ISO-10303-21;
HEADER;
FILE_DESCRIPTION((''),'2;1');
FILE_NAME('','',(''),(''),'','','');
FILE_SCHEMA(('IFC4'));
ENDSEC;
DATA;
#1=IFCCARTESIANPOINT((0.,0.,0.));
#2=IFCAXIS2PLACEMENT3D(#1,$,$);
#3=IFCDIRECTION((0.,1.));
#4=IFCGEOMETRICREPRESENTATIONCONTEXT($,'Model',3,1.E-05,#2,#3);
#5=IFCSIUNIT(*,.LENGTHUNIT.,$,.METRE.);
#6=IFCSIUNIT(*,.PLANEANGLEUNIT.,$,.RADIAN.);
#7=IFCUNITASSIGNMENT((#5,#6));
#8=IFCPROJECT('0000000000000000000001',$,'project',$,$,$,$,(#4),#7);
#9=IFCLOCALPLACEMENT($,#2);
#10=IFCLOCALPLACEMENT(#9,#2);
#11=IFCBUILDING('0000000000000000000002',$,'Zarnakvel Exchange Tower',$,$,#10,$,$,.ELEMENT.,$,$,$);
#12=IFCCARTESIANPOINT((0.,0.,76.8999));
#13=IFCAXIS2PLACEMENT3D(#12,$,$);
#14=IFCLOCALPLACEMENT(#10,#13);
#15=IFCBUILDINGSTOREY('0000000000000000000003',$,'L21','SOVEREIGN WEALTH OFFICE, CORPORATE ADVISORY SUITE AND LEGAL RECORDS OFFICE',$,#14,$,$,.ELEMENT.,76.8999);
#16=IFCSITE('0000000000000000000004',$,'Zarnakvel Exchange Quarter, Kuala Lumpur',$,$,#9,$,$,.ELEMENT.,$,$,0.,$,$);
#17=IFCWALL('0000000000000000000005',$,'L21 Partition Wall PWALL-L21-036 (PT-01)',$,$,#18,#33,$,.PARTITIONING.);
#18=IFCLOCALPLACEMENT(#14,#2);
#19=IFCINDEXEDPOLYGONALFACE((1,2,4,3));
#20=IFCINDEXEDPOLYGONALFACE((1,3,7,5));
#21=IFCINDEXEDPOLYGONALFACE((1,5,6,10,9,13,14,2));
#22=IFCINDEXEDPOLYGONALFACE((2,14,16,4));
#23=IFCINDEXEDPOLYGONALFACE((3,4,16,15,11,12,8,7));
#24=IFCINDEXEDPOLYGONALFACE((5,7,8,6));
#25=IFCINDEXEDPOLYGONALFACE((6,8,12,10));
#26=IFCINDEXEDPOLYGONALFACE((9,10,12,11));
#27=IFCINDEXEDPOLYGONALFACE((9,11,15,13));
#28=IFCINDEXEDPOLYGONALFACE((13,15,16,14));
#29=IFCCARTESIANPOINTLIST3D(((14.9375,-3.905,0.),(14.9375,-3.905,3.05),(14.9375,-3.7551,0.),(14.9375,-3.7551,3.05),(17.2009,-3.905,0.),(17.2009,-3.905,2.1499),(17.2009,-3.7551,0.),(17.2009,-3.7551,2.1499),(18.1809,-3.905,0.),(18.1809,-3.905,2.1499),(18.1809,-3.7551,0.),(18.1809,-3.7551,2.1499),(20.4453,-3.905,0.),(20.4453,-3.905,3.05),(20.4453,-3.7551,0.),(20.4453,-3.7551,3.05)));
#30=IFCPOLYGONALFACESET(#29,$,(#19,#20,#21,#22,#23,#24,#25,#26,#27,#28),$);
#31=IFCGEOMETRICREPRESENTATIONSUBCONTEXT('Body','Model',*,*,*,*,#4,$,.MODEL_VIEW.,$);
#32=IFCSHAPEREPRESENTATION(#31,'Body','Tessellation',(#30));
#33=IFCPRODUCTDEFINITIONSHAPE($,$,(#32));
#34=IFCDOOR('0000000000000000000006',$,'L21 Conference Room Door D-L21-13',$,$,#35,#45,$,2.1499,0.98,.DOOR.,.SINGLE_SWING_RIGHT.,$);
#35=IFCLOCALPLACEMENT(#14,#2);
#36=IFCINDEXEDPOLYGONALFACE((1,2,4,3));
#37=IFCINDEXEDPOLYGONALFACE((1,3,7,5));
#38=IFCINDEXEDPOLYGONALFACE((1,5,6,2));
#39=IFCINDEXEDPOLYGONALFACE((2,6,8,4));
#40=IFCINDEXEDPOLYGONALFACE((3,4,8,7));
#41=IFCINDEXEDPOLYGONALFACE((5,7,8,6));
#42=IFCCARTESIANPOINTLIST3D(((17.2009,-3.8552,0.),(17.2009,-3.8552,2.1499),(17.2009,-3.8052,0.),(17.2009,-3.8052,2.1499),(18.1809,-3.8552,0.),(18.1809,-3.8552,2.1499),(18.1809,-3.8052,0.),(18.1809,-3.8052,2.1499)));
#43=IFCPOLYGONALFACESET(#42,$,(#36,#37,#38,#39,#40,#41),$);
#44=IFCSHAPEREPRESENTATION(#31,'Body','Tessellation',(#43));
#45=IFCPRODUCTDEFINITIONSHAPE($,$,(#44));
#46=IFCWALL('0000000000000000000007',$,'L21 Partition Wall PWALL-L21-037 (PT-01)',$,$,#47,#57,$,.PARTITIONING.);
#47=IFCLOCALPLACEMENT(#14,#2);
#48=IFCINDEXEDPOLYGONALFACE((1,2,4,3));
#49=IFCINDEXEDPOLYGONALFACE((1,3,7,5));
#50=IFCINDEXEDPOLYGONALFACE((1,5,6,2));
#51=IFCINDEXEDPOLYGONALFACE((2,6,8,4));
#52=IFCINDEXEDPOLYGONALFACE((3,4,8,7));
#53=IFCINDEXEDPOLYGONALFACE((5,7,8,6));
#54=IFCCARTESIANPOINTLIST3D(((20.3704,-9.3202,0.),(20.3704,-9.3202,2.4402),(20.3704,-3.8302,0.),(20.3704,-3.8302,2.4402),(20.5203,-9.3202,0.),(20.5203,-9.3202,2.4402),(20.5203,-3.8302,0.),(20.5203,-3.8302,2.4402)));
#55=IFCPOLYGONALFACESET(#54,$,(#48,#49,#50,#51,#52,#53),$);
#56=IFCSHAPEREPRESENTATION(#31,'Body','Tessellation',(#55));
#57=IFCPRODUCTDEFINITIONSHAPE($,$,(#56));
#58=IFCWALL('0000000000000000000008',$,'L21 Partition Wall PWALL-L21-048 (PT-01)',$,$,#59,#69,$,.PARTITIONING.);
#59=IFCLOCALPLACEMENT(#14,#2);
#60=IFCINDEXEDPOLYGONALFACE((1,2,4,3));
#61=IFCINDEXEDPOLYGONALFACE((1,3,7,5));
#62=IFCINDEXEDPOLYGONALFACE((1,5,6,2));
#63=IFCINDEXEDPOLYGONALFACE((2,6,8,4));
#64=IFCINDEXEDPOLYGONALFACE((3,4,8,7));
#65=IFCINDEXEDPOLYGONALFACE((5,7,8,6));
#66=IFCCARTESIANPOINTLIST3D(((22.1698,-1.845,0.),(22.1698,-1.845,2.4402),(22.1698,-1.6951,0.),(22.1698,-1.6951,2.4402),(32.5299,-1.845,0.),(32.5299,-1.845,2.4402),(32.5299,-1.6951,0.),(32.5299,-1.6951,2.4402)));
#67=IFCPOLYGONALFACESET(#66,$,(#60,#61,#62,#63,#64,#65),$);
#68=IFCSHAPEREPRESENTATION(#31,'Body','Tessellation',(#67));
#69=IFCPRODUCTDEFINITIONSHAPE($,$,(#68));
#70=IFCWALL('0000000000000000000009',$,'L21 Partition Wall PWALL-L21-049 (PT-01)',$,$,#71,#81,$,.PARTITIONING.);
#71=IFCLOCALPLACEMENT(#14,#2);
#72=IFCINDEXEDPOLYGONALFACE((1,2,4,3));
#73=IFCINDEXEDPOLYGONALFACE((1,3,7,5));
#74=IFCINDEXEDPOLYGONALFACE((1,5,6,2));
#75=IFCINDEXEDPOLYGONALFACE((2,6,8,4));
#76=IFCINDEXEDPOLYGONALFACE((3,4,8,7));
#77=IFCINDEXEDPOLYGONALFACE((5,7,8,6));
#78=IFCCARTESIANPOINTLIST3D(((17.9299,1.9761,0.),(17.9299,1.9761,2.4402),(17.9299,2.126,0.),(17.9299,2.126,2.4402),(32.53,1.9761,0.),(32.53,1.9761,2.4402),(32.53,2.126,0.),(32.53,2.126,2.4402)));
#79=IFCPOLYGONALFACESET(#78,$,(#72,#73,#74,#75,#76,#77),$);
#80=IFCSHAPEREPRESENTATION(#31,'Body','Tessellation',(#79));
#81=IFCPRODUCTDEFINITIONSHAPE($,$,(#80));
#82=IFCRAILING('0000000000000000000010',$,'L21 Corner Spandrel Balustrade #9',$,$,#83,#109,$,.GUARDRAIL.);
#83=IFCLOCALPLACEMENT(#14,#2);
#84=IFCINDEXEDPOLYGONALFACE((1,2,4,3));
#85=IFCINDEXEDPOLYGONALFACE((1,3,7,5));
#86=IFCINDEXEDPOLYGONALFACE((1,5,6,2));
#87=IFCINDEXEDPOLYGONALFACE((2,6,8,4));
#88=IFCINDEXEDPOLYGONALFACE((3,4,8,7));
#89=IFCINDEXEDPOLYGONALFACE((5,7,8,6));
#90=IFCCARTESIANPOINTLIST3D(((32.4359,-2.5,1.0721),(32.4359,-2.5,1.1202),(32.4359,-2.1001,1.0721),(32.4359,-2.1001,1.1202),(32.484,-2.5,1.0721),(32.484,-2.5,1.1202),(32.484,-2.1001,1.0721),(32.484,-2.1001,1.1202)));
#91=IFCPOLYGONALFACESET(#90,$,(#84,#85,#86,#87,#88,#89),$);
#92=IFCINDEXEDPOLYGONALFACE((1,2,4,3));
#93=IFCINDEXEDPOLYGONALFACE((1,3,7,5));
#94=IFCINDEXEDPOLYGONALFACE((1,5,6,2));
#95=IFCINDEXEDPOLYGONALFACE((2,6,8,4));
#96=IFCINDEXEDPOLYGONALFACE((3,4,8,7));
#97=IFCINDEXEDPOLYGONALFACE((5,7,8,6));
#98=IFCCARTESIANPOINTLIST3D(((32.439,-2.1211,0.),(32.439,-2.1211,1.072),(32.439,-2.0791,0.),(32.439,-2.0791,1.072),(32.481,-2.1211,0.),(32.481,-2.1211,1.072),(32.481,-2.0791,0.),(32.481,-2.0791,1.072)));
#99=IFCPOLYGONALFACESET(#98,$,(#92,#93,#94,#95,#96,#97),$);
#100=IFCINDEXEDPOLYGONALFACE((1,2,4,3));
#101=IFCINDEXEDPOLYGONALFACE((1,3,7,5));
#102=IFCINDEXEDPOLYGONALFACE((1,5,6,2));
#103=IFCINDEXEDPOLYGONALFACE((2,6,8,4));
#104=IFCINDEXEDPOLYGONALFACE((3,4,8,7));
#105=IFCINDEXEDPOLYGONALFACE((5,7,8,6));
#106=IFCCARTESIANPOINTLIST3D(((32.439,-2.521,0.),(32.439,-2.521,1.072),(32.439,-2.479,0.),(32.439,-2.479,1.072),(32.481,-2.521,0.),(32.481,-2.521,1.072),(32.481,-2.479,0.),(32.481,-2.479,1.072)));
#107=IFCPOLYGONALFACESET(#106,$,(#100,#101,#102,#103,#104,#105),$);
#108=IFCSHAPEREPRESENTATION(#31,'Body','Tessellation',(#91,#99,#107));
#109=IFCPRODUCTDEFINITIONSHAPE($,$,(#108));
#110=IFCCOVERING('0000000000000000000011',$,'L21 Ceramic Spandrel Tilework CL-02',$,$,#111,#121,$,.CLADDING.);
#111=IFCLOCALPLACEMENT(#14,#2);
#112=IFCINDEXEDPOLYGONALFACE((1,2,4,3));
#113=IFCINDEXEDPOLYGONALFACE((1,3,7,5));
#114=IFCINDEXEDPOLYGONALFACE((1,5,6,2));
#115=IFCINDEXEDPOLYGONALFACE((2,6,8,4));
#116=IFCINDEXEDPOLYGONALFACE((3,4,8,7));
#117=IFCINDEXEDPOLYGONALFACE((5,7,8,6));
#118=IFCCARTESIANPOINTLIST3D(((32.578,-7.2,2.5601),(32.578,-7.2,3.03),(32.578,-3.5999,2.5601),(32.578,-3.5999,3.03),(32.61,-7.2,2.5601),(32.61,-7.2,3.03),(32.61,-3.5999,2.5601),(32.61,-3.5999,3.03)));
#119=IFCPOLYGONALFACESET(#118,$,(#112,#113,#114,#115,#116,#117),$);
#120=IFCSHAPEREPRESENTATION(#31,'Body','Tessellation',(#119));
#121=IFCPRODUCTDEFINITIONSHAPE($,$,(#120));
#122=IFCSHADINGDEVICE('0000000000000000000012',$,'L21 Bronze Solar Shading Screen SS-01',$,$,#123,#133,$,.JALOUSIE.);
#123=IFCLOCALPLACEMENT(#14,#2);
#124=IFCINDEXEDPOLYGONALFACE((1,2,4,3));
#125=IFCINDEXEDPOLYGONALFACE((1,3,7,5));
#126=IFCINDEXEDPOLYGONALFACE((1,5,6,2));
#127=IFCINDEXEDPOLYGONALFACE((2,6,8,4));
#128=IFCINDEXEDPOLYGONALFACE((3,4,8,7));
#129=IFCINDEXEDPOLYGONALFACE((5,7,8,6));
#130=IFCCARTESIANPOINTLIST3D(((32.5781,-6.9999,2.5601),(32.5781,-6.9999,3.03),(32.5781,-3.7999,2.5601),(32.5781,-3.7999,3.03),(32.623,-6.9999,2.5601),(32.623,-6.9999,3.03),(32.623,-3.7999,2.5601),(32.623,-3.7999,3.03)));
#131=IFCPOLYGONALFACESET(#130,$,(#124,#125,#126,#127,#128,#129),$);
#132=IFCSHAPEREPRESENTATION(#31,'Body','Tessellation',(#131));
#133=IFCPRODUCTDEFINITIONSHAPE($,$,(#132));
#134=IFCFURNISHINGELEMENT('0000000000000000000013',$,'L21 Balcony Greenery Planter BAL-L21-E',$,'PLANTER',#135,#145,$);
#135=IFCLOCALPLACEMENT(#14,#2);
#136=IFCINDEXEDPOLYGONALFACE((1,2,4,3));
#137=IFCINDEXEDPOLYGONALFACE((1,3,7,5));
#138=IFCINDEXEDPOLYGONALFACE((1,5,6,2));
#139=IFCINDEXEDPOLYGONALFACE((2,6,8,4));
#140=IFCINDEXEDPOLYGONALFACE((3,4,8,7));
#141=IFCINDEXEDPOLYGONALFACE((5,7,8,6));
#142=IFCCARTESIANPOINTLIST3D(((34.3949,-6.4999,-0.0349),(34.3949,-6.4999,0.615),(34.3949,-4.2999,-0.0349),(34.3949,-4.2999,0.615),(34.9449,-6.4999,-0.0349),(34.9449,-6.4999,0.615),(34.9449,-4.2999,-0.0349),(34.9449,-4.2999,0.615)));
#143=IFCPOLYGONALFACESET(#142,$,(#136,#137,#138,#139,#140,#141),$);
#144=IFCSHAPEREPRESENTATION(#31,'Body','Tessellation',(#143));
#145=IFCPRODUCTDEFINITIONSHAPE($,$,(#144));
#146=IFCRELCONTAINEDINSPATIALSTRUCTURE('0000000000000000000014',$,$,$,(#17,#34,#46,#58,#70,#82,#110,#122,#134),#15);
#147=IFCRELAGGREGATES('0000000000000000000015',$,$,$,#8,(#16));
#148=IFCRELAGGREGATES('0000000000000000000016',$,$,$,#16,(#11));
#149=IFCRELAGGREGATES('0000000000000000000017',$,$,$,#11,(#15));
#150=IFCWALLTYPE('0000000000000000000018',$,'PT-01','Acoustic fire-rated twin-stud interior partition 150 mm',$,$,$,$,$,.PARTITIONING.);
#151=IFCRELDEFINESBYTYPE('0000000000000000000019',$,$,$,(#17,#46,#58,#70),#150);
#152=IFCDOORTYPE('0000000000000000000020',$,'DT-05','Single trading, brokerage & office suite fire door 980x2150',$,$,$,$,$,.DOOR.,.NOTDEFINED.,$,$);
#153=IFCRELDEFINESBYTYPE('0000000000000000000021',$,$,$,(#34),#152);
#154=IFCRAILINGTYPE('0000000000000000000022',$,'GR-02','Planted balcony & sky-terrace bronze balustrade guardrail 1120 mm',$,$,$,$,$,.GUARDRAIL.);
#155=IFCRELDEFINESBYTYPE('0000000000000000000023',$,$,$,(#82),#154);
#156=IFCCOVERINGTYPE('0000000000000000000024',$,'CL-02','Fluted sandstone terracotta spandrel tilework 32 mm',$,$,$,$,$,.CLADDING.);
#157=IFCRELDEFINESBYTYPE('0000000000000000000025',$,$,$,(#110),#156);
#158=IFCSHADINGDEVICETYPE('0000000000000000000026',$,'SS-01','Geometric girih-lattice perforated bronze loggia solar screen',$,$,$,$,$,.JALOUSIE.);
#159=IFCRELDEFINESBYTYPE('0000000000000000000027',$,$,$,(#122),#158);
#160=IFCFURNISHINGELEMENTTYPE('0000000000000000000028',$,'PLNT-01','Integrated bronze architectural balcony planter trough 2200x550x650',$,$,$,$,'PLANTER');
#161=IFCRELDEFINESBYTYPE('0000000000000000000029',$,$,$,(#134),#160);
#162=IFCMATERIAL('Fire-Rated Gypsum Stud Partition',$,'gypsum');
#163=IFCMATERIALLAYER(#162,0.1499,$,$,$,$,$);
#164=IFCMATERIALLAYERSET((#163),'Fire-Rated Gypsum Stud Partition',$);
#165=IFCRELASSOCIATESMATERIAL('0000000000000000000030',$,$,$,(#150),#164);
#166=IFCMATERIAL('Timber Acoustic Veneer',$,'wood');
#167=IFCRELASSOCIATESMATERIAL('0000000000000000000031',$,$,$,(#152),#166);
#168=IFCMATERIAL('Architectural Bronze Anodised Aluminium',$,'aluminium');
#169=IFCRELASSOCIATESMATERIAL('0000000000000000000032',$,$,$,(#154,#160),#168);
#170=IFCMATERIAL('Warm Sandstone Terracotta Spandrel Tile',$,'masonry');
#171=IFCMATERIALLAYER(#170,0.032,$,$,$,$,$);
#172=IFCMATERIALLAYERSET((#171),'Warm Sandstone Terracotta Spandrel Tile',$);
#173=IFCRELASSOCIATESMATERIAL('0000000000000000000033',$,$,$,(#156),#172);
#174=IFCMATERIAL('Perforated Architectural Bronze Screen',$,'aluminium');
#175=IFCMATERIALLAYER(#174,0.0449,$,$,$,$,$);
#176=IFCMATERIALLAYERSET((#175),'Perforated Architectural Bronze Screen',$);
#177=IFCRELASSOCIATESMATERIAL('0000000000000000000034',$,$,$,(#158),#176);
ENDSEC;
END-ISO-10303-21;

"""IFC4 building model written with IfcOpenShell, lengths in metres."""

from ifc_helpers import new_model, si_unit, direction, frame, frame_2d, origin, origin_2d, place, context, subcontext, project, spatial, rectangle, extrude, source, transform, mapped, material, layer, layer_set, type_object, element, fill, save


model = new_model("IFC4")

# Units and contexts
model_context = context("Model", 3, precision=1e-05, world=origin(), true_north=direction((0.0, 1.0)))
body_context = subcontext(model_context, "Body", "Model", "MODEL_VIEW")
ifc_project = project(units=[si_unit("LENGTHUNIT", "METRE"), si_unit("PLANEANGLEUNIT", "RADIAN")], contexts=[model_context])

# Site, building, storey
site_placement = place(None, origin())
site = spatial("IfcSite", under=ifc_project, at=site_placement, Name="Zarnakvel Exchange Quarter, Kuala Lumpur", CompositionType="ELEMENT", RefElevation=0.0)
building_placement = place(site_placement, origin())
building = spatial("IfcBuilding", under=site, at=building_placement, Name="Zarnakvel Exchange Tower", CompositionType="ELEMENT")
storey_placement = place(building_placement, frame((0.0, 0.0, 76.8999)))
storey = spatial("IfcBuildingStorey", under=building, at=storey_placement, Name="L21", Description="SOVEREIGN WEALTH OFFICE, CORPORATE ADVISORY SUITE AND LEGAL RECORDS OFFICE", CompositionType="ELEMENT", Elevation=76.8999)

# Shared definitions
ifc_material_1 = material(Name="Architectural Bronze Anodised Aluminium", Category="aluminium")

# Shared definitions
ifc_material_2 = material(Name="Fire-Rated Gypsum Stud Partition", Category="gypsum")
ifc_layer_1 = layer(ifc_material_2, 0.1499)
ifc_layer_set_1 = layer_set([ifc_layer_1], Name="Fire-Rated Gypsum Stud Partition")
wall_type_1 = type_object("IfcWallType", Name="PT-01", Description="Acoustic fire-rated twin-stud interior partition 150 mm", PredefinedType="PARTITIONING", material=ifc_layer_set_1)

# Wall, opening, door
wall_1_placement = place(storey_placement, frame((14.9375, -3.8301, 0.0), z_axis=(0.0, 0.0, 1.0), x_axis=(1.0, 0.0, 0.0)))
wall_1 = element("IfcWall", 1, at=wall_1_placement, inside=storey, type_object=wall_type_1, Name="L21 Partition Wall PWALL-L21-036 (PT-01)", PredefinedType="PARTITIONING", context=body_context, shape_type="SweptSolid", body=[
    extrude(rectangle(XDim=5.5078, YDim=0.1499, at=frame_2d((2.7539, 0.0))), origin(), (0.0, 0.0, 1.0), 3.05),
])
opening_1_placement = place(wall_1_placement, frame((2.2634, 0.0, 0.0)))
opening_1 = element("IfcOpeningElement", 2, at=opening_1_placement, cuts=wall_1, PredefinedType="OPENING", context=body_context, shape_type="SweptSolid", body=[
    extrude(rectangle(XDim=0.98, YDim=2.1499, at=frame_2d((0.49, 1.075))), frame((0.0, 0.085, 0.0), z_axis=(0.0, -1.0, 0.0), x_axis=(1.0, 0.0, 0.0)), (0.0, 0.0, 1.0), 0.1699),
])
ifc_material_3 = material(Name="Timber Acoustic Veneer", Category="wood")
door_type_1 = type_object("IfcDoorType", Name="DT-05", Description="Single trading, brokerage & office suite fire door 980x2150", OperationType="NOTDEFINED", PredefinedType="DOOR", material=ifc_material_3)
shared_shape_1 = source(origin(), body_context, "Body", "SweptSolid", [
    extrude(rectangle(XDim=0.98, YDim=2.1499, at=frame_2d((0.49, 1.075))), frame((0.0, 0.0249, 0.0), z_axis=(0.0, -1.0, 0.0), x_axis=(1.0, 0.0, 0.0)), (0.0, 0.0, 1.0), 0.05),
])
door_1_placement = place(opening_1_placement, origin())
door_1 = element("IfcDoor", 3, at=door_1_placement, inside=storey, type_object=door_type_1, Name="L21 Conference Room Door D-L21-13", OperationType="SINGLE_SWING_RIGHT", OverallHeight=2.1499, OverallWidth=0.98, PredefinedType="DOOR", context=body_context, shape_type="MappedRepresentation", body=[
    mapped(shared_shape_1, transform((0.0, 0.0, 0.0), x_axis=(1.0, 0.0, 0.0), y_axis=(0.0, 1.0, 0.0), z_axis=(0.0, 0.0, 1.0), scale=1.0)),
])
fill(opening_1, door_1)

# Wall
wall_2_placement = place(storey_placement, frame((20.4453, -3.8301, 0.0), z_axis=(0.0, 0.0, 1.0), x_axis=(0.0, -1.0, 0.0)))
element("IfcWall", 4, at=wall_2_placement, inside=storey, type_object=wall_type_1, Name="L21 Partition Wall PWALL-L21-037 (PT-01)", PredefinedType="PARTITIONING", context=body_context, shape_type="SweptSolid", body=[
    extrude(rectangle(XDim=5.49, YDim=0.1499, at=frame_2d((2.7451, 0.0))), origin(), (0.0, 0.0, 1.0), 2.4402),
])

# Walls
wall_3_placement = place(storey_placement, frame((32.53, -1.77, 0.0), z_axis=(0.0, 0.0, 1.0), x_axis=(-1.0, 0.0, 0.0)))
element("IfcWall", 5, at=wall_3_placement, inside=storey, type_object=wall_type_1, Name="L21 Partition Wall PWALL-L21-048 (PT-01)", PredefinedType="PARTITIONING", context=body_context, shape_type="SweptSolid", body=[
    extrude(rectangle(XDim=10.3601, YDim=0.1499, at=frame_2d((5.1802, 0.0))), origin(), (0.0, 0.0, 1.0), 2.4402),
])
wall_4_placement = place(storey_placement, frame((17.9299, 2.051, 0.0), z_axis=(0.0, 0.0, 1.0), x_axis=(1.0, 0.0, 0.0)))
element("IfcWall", 6, at=wall_4_placement, inside=storey, type_object=wall_type_1, Name="L21 Partition Wall PWALL-L21-049 (PT-01)", PredefinedType="PARTITIONING", context=body_context, shape_type="SweptSolid", body=[
    extrude(rectangle(XDim=14.6001, YDim=0.1499, at=frame_2d((7.3, 0.0))), origin(), (0.0, 0.0, 1.0), 2.4402),
])

# Railing
railing_type = type_object("IfcRailingType", Name="GR-02", Description="Planted balcony & sky-terrace bronze balustrade guardrail 1120 mm", PredefinedType="GUARDRAIL", material=ifc_material_1)
railing_placement = place(storey_placement, frame((32.46, -2.1001, 0.0)))
element("IfcRailing", 7, at=railing_placement, inside=storey, type_object=railing_type, Name="L21 Corner Spandrel Balustrade #9", PredefinedType="GUARDRAIL", context=body_context, shape_type="SweptSolid", body=[
    extrude(rectangle(XDim=0.0481, YDim=0.0481, at=origin_2d()), frame((0.0, 0.0, 1.0962), z_axis=(0.0, -1.0, 0.0), x_axis=(1.0, 0.0, 0.0)), (0.0, 0.0, 1.0), 0.3999),
    extrude(rectangle(XDim=0.042, YDim=0.042, at=origin_2d()), origin(), (0.0, 0.0, 1.0), 1.072),
    extrude(rectangle(XDim=0.042, YDim=0.042, at=origin_2d()), frame((0.0, -0.3999, 0.0)), (0.0, 0.0, 1.0), 1.072),
])

# Covering
ifc_material_4 = material(Name="Warm Sandstone Terracotta Spandrel Tile", Category="masonry")
ifc_layer_2 = layer(ifc_material_4, 0.032)
ifc_layer_set_2 = layer_set([ifc_layer_2], Name="Warm Sandstone Terracotta Spandrel Tile")
covering_type = type_object("IfcCoveringType", Name="CL-02", Description="Fluted sandstone terracotta spandrel tilework 32 mm", PredefinedType="CLADDING", material=ifc_layer_set_2)
shared_shape_2 = source(origin(), body_context, "Body", "SweptSolid", [
    extrude(rectangle(XDim=3.6001, YDim=0.032, at=origin_2d()), origin(), (0.0, 0.0, 1.0), 0.47),
])
covering_placement = place(storey_placement, frame((32.594, -5.3999, 2.5601), z_axis=(0.0, 0.0, 1.0), x_axis=(0.0, -1.0, 0.0)))
element("IfcCovering", 8, at=covering_placement, inside=storey, type_object=covering_type, Name="L21 Ceramic Spandrel Tilework CL-02", PredefinedType="CLADDING", context=body_context, shape_type="MappedRepresentation", body=[
    mapped(shared_shape_2, transform((0.0, 0.0, 0.0), x_axis=(1.0, 0.0, 0.0), y_axis=(0.0, 1.0, 0.0), z_axis=(0.0, 0.0, 1.0), scale=1.0)),
])

# Shading device
ifc_material_5 = material(Name="Perforated Architectural Bronze Screen", Category="aluminium")
ifc_layer_3 = layer(ifc_material_5, 0.0449)
ifc_layer_set_3 = layer_set([ifc_layer_3], Name="Perforated Architectural Bronze Screen")
shading_device_type = type_object("IfcShadingDeviceType", Name="SS-01", Description="Geometric girih-lattice perforated bronze loggia solar screen", PredefinedType="JALOUSIE", material=ifc_layer_set_3)
shared_shape_3 = source(origin(), body_context, "Body", "SweptSolid", [
    extrude(rectangle(XDim=3.2, YDim=0.0449, at=origin_2d()), origin(), (0.0, 0.0, 1.0), 0.47),
])
shading_device_placement = place(storey_placement, frame((32.6006, -5.3999, 2.5601), z_axis=(0.0, 0.0, 1.0), x_axis=(0.0, -1.0, 0.0)))
element("IfcShadingDevice", 9, at=shading_device_placement, inside=storey, type_object=shading_device_type, Name="L21 Bronze Solar Shading Screen SS-01", PredefinedType="JALOUSIE", context=body_context, shape_type="MappedRepresentation", body=[
    mapped(shared_shape_3, transform((0.0, 0.0, 0.0), x_axis=(1.0, 0.0, 0.0), y_axis=(0.0, 1.0, 0.0), z_axis=(0.0, 0.0, 1.0), scale=1.0)),
])

# Furnishing element
furnishing_element_type = type_object("IfcFurnishingElementType", Name="PLNT-01", Description="Integrated bronze architectural balcony planter trough 2200x550x650", ElementType="PLANTER", material=ifc_material_1)
shared_shape_4 = source(origin(), body_context, "Body", "SweptSolid", [
    extrude(rectangle(XDim=2.2, YDim=0.55, at=origin_2d()), origin(), (0.0, 0.0, 1.0), 0.6499),
])
furnishing_placement = place(storey_placement, frame((34.6699, -5.3999, -0.0349), z_axis=(0.0, 0.0, 1.0), x_axis=(0.0, 1.0, 0.0)))
element("IfcFurnishingElement", 10, at=furnishing_placement, inside=storey, type_object=furnishing_element_type, Name="L21 Balcony Greenery Planter BAL-L21-E", ObjectType="PLANTER", context=body_context, shape_type="MappedRepresentation", body=[
    mapped(shared_shape_4, transform((0.0, 0.0, 0.0), x_axis=(1.0, 0.0, 0.0), y_axis=(0.0, 1.0, 0.0), z_axis=(0.0, 0.0, 1.0), scale=1.0)),
])

save(model, "model.ifc")
